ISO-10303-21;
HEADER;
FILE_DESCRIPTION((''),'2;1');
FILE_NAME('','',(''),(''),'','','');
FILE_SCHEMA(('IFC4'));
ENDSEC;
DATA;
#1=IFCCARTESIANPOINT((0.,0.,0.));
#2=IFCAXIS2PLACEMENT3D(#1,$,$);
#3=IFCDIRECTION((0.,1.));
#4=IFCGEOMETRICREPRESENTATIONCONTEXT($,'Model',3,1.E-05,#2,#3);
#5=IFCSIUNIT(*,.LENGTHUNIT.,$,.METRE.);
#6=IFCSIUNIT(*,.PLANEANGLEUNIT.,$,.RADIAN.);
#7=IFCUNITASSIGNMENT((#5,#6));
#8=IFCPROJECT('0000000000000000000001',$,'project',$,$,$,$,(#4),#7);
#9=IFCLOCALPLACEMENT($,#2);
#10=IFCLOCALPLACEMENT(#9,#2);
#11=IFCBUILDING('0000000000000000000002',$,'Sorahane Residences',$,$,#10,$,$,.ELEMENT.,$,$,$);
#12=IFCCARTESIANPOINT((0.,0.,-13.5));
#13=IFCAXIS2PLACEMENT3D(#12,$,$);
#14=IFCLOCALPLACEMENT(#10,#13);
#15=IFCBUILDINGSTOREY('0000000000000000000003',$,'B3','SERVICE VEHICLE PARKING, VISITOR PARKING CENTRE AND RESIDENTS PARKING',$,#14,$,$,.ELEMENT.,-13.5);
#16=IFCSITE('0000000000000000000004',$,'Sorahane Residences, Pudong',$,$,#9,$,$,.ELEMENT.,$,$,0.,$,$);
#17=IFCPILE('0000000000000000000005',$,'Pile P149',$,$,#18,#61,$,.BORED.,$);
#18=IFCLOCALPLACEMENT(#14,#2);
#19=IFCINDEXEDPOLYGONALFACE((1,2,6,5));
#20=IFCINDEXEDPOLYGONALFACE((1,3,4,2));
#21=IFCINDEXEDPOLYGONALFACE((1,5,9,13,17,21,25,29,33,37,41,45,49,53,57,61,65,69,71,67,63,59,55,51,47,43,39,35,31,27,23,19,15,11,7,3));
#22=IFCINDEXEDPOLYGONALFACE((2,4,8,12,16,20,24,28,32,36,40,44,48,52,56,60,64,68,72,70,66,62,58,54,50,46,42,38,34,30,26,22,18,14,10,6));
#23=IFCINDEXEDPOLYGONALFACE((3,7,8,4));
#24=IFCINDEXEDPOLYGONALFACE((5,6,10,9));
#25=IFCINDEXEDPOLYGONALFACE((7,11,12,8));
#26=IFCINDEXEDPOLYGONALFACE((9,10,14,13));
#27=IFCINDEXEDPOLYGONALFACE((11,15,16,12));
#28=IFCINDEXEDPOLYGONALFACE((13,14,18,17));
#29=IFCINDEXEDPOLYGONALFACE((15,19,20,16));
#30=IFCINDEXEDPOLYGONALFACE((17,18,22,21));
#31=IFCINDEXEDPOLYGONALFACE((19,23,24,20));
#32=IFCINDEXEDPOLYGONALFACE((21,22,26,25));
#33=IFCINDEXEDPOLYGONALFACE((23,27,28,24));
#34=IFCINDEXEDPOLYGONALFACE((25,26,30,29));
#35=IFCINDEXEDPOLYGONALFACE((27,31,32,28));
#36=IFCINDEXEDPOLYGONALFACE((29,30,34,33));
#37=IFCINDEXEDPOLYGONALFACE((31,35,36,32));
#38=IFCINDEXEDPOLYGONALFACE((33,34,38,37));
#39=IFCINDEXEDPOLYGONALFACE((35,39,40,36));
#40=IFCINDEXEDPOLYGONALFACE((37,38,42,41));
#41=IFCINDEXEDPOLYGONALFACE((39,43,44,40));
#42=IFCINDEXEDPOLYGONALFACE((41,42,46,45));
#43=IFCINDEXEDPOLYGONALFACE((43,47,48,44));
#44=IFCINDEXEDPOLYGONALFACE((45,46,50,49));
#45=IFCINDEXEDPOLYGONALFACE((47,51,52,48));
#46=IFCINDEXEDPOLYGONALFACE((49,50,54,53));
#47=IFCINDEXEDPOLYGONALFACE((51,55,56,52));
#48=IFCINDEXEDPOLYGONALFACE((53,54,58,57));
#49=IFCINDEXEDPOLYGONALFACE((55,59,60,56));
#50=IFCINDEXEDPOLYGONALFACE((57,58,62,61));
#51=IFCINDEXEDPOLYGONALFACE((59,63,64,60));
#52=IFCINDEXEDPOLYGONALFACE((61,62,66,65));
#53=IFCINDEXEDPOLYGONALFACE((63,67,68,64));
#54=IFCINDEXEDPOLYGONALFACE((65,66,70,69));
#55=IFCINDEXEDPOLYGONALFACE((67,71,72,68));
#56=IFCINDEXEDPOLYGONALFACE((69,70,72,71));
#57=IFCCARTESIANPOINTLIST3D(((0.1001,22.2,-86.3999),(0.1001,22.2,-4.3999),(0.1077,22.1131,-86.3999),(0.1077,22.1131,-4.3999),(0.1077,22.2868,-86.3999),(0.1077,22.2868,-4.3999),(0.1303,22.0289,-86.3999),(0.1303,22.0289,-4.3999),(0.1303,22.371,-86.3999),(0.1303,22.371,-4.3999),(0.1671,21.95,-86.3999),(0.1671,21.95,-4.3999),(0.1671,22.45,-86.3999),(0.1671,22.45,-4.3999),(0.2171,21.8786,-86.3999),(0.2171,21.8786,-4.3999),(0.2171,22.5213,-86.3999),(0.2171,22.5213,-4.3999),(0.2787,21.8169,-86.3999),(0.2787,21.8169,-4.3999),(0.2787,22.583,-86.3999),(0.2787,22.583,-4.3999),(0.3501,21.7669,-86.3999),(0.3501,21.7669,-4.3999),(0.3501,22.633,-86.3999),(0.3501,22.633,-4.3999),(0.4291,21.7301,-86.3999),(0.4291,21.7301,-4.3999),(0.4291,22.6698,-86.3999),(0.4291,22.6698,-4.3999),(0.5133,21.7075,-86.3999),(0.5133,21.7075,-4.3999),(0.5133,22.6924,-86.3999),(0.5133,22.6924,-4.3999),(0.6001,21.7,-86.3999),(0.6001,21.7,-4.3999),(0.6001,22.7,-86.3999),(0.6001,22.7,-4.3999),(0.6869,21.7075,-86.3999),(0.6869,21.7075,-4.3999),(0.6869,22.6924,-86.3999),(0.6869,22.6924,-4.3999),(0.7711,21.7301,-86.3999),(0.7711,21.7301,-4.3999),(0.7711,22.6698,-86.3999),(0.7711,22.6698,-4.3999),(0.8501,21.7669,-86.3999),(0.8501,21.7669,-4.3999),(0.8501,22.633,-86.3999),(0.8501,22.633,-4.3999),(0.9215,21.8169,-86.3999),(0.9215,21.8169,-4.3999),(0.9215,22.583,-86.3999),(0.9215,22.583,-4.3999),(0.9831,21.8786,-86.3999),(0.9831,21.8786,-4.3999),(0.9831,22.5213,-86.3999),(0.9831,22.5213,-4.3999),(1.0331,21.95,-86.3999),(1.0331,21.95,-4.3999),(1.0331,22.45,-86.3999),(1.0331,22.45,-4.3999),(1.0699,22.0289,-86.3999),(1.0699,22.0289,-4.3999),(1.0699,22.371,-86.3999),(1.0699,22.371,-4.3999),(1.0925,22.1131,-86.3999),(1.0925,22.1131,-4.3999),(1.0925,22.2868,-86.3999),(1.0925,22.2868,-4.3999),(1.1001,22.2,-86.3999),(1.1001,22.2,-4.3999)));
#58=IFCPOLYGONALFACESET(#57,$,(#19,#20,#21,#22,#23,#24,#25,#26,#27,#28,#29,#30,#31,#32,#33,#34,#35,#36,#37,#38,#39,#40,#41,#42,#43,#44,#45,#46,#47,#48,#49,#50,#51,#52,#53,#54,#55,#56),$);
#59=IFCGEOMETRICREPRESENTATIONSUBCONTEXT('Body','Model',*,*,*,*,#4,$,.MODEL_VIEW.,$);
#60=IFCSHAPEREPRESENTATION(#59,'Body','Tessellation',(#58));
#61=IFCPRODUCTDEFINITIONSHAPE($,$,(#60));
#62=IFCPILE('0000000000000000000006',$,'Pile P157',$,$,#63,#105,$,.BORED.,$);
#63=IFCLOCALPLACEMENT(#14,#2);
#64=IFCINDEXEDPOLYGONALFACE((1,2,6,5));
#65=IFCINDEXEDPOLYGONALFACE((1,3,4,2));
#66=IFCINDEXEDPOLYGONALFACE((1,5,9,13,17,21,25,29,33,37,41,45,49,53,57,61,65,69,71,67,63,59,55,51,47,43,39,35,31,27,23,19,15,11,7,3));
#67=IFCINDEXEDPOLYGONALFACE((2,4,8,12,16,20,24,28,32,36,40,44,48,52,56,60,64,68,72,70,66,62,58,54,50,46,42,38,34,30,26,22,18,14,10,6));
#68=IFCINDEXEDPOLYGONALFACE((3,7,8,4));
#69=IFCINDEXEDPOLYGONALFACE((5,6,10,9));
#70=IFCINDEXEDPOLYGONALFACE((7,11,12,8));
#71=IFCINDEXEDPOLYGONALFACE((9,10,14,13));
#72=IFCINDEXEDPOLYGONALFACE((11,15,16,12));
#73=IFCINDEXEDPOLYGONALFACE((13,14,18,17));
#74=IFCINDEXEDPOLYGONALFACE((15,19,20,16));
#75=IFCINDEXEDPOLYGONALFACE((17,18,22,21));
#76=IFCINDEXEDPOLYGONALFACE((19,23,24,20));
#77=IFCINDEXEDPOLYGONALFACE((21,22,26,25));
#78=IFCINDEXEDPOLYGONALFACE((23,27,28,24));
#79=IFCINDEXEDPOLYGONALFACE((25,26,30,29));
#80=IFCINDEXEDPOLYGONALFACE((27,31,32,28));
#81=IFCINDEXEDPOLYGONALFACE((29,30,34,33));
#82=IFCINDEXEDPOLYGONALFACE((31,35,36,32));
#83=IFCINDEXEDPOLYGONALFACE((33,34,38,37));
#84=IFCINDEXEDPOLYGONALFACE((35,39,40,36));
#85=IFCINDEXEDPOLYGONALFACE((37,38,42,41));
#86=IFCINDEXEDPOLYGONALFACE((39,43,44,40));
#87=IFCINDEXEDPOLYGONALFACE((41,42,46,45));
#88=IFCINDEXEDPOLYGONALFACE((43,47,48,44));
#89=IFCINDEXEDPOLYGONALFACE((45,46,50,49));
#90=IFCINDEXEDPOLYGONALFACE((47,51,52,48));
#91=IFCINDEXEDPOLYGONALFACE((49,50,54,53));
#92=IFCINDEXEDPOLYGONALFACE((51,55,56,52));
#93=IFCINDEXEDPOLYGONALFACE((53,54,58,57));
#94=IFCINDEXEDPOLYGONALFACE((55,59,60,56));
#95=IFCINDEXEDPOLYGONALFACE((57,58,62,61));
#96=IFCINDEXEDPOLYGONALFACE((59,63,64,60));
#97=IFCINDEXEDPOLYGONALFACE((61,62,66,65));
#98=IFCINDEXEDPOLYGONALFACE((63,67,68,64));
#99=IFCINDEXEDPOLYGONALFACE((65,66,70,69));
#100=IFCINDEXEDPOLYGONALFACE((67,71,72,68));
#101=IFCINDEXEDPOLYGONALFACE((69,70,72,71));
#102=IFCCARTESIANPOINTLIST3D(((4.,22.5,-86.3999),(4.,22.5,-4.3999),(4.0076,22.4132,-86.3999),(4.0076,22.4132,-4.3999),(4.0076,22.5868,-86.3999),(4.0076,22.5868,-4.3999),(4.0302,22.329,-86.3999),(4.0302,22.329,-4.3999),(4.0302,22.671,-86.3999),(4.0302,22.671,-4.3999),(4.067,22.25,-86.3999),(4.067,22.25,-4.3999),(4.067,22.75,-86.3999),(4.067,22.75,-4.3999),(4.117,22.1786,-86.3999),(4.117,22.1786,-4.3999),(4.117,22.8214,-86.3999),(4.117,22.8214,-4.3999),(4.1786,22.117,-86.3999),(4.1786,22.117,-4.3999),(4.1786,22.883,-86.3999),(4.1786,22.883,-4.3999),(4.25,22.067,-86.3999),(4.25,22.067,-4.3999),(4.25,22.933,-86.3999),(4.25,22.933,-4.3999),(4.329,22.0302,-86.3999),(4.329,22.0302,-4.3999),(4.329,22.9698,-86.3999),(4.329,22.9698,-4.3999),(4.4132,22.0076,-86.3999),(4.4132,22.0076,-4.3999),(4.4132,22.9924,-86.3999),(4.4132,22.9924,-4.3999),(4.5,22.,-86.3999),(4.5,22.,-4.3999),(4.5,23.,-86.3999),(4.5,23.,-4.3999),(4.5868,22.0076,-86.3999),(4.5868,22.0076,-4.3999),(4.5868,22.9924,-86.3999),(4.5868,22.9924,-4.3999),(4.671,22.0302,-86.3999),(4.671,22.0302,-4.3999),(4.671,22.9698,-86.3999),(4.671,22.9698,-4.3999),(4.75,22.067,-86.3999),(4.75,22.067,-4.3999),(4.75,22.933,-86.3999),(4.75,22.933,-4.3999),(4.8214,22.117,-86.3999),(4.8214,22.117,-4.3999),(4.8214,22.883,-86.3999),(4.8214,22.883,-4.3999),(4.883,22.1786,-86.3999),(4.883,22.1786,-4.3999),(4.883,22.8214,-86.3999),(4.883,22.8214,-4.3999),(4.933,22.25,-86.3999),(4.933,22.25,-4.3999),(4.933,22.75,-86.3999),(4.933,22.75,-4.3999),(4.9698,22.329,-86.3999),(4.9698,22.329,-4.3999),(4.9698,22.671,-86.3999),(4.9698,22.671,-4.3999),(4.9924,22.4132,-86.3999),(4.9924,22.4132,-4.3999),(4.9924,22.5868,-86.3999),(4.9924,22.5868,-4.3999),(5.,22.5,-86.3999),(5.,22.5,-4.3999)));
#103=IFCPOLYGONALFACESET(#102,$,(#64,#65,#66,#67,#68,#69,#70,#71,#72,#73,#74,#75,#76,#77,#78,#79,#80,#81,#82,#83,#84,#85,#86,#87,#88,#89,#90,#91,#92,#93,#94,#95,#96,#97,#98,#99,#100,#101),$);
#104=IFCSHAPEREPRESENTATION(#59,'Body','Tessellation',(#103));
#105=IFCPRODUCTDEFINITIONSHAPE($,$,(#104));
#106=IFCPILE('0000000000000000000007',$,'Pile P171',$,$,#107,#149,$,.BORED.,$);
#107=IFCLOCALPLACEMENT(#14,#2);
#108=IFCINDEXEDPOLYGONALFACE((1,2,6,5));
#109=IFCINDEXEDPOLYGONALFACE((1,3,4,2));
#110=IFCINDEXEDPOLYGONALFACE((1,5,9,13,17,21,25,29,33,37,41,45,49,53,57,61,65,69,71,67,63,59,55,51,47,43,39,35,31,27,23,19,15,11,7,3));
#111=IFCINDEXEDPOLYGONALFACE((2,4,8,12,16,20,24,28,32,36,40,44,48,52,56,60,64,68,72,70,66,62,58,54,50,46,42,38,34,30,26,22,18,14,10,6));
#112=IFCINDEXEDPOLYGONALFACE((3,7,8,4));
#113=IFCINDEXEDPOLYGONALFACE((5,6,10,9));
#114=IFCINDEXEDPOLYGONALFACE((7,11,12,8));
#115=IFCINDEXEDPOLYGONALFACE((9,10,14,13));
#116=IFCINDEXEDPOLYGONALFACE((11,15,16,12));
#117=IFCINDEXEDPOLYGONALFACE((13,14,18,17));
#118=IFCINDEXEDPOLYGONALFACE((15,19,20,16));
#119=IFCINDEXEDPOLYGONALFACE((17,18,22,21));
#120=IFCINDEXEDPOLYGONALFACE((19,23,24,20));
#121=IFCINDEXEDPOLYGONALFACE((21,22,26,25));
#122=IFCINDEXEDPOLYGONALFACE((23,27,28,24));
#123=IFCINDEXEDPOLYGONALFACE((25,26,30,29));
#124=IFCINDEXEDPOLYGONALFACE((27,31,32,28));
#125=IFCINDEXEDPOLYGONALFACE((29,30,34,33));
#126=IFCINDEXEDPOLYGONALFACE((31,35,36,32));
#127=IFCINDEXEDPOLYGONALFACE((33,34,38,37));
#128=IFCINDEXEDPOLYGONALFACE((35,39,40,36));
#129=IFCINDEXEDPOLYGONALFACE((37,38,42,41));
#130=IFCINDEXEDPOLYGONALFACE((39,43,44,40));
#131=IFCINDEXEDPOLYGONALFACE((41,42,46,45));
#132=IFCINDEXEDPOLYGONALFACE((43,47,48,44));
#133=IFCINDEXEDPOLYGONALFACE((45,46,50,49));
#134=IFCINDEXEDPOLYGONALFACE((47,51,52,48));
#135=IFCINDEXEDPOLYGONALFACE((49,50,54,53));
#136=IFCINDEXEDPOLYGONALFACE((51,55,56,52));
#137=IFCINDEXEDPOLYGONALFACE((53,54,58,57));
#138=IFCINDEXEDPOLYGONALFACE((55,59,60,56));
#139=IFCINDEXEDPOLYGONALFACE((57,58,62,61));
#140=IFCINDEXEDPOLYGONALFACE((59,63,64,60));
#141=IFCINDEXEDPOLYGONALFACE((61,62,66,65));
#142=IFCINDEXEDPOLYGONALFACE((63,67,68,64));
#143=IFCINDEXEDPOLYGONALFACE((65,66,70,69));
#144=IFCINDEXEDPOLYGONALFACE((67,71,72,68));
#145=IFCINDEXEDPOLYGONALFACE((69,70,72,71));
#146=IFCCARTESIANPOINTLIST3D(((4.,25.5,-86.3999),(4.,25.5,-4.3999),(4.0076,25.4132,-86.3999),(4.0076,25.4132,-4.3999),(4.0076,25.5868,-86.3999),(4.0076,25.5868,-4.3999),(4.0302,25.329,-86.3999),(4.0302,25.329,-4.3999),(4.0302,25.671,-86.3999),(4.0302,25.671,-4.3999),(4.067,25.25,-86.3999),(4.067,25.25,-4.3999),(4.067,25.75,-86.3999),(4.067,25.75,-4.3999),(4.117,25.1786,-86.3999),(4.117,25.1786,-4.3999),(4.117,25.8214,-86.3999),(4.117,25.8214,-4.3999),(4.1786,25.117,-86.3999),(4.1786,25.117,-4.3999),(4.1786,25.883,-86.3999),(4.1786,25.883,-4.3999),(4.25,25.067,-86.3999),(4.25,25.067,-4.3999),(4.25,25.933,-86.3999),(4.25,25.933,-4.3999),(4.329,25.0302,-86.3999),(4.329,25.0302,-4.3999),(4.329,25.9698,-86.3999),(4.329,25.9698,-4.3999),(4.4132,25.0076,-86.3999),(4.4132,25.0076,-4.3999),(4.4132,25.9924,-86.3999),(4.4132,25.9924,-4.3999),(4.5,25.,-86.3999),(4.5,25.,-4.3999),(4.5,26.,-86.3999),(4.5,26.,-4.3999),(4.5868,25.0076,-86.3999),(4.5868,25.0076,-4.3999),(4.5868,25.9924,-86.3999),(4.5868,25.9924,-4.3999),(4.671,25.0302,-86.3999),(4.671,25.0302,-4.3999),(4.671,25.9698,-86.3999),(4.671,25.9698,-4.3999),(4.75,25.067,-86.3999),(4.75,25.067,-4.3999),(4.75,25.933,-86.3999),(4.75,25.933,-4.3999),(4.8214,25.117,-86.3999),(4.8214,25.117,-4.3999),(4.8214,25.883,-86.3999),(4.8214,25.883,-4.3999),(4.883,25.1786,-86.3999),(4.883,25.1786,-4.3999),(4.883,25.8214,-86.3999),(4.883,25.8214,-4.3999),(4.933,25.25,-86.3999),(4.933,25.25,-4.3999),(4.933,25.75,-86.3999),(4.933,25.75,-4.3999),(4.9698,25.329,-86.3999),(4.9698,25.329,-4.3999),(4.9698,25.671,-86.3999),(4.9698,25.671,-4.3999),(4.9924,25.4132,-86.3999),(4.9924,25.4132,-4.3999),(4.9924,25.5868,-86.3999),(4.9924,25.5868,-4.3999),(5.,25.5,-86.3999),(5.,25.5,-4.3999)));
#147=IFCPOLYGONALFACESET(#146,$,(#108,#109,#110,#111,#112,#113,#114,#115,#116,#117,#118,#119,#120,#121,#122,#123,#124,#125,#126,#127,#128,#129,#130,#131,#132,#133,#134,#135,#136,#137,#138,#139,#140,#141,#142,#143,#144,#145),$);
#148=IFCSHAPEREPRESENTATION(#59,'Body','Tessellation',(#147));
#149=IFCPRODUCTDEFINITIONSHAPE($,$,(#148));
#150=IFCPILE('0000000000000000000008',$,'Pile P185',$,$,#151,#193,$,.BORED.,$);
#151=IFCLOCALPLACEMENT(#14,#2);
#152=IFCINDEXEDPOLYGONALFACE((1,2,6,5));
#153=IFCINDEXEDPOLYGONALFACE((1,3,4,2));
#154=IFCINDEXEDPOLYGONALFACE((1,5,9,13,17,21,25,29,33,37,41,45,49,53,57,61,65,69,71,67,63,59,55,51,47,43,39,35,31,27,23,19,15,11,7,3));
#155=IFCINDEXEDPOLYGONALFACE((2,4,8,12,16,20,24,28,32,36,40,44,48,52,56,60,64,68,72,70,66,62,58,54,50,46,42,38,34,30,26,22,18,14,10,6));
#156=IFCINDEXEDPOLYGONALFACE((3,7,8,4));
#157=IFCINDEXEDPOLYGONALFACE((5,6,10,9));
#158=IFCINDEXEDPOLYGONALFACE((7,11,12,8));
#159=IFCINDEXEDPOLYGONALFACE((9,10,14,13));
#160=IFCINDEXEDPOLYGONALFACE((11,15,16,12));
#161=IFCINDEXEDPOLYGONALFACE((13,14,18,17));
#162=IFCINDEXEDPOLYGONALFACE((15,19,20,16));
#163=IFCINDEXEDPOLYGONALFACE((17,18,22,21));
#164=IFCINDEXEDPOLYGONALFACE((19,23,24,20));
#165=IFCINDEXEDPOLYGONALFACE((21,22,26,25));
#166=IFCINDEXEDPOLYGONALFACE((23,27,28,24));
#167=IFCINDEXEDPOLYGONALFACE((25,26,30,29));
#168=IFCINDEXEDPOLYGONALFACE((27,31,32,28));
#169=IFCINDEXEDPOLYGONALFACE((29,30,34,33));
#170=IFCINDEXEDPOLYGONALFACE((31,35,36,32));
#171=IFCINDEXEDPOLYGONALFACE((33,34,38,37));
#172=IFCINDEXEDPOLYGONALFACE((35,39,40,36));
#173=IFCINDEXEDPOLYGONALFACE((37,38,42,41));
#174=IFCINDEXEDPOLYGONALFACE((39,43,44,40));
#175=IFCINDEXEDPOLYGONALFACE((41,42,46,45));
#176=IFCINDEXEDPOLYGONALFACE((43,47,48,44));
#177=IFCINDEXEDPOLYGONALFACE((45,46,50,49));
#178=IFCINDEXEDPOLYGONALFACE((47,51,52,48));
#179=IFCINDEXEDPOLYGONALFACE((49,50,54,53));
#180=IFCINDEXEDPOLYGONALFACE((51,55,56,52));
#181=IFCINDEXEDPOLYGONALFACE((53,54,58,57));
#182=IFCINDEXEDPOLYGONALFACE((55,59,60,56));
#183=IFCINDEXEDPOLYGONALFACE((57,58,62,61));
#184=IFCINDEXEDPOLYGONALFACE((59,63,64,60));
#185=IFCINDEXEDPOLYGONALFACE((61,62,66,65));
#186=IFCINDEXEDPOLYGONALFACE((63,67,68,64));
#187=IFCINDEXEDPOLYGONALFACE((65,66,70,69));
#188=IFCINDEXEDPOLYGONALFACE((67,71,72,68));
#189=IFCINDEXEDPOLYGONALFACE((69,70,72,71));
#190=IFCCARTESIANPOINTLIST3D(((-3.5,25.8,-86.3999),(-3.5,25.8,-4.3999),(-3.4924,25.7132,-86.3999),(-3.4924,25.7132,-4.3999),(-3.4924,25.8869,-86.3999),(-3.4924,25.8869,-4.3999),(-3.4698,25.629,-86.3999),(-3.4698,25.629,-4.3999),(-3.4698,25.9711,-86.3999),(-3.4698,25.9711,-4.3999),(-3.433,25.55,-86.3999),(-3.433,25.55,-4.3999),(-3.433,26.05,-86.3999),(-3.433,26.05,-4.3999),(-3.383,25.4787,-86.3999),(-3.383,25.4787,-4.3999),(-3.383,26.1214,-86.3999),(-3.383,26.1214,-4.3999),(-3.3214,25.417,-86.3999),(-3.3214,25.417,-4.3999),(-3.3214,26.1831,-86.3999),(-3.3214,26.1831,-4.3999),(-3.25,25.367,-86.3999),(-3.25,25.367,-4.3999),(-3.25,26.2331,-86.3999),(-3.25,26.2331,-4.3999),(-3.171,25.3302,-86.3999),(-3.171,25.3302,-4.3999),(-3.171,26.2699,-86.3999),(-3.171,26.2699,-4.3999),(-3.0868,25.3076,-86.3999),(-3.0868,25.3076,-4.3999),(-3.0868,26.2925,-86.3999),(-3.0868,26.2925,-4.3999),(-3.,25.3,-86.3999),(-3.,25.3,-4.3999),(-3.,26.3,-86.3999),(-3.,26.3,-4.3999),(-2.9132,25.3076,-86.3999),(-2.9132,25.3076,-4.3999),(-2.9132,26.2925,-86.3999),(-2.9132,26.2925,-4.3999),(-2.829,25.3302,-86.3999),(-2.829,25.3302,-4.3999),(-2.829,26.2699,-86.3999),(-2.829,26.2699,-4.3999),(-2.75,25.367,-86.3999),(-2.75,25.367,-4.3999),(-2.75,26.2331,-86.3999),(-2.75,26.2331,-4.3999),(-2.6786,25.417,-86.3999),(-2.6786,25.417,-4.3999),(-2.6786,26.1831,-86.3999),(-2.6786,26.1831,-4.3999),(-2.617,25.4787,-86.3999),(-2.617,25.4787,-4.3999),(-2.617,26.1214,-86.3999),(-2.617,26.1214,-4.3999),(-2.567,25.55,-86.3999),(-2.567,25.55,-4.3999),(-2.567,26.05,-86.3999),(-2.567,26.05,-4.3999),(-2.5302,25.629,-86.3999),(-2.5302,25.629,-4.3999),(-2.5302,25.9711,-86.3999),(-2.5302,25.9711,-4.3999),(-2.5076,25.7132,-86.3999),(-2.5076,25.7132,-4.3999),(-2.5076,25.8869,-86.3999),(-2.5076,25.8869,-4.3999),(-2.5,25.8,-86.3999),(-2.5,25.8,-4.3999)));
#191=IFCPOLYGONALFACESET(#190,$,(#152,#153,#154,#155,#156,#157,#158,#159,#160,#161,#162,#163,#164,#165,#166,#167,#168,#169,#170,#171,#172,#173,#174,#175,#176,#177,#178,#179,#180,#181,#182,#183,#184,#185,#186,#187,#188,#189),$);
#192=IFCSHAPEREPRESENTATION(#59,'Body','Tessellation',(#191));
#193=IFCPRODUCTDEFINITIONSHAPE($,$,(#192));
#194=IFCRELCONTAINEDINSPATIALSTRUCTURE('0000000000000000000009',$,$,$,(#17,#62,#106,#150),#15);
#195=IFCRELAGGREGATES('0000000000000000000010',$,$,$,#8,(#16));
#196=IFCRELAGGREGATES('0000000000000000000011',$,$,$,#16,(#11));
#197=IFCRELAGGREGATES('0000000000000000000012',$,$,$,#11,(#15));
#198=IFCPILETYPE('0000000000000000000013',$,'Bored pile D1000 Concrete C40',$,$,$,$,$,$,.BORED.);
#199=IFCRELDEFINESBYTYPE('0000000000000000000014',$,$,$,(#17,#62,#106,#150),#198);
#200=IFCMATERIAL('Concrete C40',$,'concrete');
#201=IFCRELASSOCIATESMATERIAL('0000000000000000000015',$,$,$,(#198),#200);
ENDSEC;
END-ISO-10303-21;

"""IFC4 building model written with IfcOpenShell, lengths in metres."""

from ifc_helpers import new_model, si_unit, direction, frame, origin, origin_2d, place, context, subcontext, project, spatial, circle, extrude, material, material_profile, profile_set, type_object, element, save


model = new_model("IFC4")

# Units and contexts
model_context = context("Model", 3, precision=1e-05, world=origin(), true_north=direction((0.0, 1.0)))
body_context = subcontext(model_context, "Body", "Model", "MODEL_VIEW")
ifc_project = project(units=[si_unit("LENGTHUNIT", "METRE"), si_unit("PLANEANGLEUNIT", "RADIAN")], contexts=[model_context])

# Site, building, storey
site_placement = place(None, origin())
site = spatial("IfcSite", under=ifc_project, at=site_placement, Name="Sorahane Residences, Pudong", CompositionType="ELEMENT", RefElevation=0.0)
building_placement = place(site_placement, origin())
building = spatial("IfcBuilding", under=site, at=building_placement, Name="Sorahane Residences", CompositionType="ELEMENT")
storey_placement = place(building_placement, frame((0.0, 0.0, -13.5)))
storey = spatial("IfcBuildingStorey", under=building, at=storey_placement, Name="B3", Description="SERVICE VEHICLE PARKING, VISITOR PARKING CENTRE AND RESIDENTS PARKING", CompositionType="ELEMENT", Elevation=-13.5)

# Piles
ifc_material_1 = material(Name="Concrete C40", Category="concrete")
ifc_material_profile_1 = material_profile(ifc_material_1, circle(Radius=0.5, at=origin_2d()), Name="D1000")
ifc_profile_set_1 = profile_set([ifc_material_profile_1], Name="Concrete C40")
pile_type = type_object("IfcPileType", Name="Bored pile D1000 Concrete C40", PredefinedType="BORED", material=ifc_profile_set_1)
for number, where, z_axis, x_axis, name in (
    (1, (0.6001, 22.2, -4.3999), (0.0, 0.0, -1.0), (1.0, 0.0, 0.0), "Pile P149"),
    (2, (4.5, 22.5, -4.3999), (0.0, 0.0, -1.0), (1.0, 0.0, 0.0), "Pile P157"),
    (3, (4.5, 25.5, -4.3999), (0.0, 0.0, -1.0), (1.0, 0.0, 0.0), "Pile P171"),
    (4, (-3.0, 25.8, -4.3999), (0.0, 0.0, -1.0), (1.0, 0.0, 0.0), "Pile P185"),
):
    element("IfcPile", number, at=place(storey_placement, frame(where, z_axis=z_axis, x_axis=x_axis)), inside=storey, type_object=pile_type, Name=name, PredefinedType="BORED", context=body_context, shape_type="SweptSolid", body=[
        extrude(circle(Radius=0.5, at=origin_2d()), origin(), (0.0, 0.0, 1.0), 82.0),
    ])

save(model, "model.ifc")
